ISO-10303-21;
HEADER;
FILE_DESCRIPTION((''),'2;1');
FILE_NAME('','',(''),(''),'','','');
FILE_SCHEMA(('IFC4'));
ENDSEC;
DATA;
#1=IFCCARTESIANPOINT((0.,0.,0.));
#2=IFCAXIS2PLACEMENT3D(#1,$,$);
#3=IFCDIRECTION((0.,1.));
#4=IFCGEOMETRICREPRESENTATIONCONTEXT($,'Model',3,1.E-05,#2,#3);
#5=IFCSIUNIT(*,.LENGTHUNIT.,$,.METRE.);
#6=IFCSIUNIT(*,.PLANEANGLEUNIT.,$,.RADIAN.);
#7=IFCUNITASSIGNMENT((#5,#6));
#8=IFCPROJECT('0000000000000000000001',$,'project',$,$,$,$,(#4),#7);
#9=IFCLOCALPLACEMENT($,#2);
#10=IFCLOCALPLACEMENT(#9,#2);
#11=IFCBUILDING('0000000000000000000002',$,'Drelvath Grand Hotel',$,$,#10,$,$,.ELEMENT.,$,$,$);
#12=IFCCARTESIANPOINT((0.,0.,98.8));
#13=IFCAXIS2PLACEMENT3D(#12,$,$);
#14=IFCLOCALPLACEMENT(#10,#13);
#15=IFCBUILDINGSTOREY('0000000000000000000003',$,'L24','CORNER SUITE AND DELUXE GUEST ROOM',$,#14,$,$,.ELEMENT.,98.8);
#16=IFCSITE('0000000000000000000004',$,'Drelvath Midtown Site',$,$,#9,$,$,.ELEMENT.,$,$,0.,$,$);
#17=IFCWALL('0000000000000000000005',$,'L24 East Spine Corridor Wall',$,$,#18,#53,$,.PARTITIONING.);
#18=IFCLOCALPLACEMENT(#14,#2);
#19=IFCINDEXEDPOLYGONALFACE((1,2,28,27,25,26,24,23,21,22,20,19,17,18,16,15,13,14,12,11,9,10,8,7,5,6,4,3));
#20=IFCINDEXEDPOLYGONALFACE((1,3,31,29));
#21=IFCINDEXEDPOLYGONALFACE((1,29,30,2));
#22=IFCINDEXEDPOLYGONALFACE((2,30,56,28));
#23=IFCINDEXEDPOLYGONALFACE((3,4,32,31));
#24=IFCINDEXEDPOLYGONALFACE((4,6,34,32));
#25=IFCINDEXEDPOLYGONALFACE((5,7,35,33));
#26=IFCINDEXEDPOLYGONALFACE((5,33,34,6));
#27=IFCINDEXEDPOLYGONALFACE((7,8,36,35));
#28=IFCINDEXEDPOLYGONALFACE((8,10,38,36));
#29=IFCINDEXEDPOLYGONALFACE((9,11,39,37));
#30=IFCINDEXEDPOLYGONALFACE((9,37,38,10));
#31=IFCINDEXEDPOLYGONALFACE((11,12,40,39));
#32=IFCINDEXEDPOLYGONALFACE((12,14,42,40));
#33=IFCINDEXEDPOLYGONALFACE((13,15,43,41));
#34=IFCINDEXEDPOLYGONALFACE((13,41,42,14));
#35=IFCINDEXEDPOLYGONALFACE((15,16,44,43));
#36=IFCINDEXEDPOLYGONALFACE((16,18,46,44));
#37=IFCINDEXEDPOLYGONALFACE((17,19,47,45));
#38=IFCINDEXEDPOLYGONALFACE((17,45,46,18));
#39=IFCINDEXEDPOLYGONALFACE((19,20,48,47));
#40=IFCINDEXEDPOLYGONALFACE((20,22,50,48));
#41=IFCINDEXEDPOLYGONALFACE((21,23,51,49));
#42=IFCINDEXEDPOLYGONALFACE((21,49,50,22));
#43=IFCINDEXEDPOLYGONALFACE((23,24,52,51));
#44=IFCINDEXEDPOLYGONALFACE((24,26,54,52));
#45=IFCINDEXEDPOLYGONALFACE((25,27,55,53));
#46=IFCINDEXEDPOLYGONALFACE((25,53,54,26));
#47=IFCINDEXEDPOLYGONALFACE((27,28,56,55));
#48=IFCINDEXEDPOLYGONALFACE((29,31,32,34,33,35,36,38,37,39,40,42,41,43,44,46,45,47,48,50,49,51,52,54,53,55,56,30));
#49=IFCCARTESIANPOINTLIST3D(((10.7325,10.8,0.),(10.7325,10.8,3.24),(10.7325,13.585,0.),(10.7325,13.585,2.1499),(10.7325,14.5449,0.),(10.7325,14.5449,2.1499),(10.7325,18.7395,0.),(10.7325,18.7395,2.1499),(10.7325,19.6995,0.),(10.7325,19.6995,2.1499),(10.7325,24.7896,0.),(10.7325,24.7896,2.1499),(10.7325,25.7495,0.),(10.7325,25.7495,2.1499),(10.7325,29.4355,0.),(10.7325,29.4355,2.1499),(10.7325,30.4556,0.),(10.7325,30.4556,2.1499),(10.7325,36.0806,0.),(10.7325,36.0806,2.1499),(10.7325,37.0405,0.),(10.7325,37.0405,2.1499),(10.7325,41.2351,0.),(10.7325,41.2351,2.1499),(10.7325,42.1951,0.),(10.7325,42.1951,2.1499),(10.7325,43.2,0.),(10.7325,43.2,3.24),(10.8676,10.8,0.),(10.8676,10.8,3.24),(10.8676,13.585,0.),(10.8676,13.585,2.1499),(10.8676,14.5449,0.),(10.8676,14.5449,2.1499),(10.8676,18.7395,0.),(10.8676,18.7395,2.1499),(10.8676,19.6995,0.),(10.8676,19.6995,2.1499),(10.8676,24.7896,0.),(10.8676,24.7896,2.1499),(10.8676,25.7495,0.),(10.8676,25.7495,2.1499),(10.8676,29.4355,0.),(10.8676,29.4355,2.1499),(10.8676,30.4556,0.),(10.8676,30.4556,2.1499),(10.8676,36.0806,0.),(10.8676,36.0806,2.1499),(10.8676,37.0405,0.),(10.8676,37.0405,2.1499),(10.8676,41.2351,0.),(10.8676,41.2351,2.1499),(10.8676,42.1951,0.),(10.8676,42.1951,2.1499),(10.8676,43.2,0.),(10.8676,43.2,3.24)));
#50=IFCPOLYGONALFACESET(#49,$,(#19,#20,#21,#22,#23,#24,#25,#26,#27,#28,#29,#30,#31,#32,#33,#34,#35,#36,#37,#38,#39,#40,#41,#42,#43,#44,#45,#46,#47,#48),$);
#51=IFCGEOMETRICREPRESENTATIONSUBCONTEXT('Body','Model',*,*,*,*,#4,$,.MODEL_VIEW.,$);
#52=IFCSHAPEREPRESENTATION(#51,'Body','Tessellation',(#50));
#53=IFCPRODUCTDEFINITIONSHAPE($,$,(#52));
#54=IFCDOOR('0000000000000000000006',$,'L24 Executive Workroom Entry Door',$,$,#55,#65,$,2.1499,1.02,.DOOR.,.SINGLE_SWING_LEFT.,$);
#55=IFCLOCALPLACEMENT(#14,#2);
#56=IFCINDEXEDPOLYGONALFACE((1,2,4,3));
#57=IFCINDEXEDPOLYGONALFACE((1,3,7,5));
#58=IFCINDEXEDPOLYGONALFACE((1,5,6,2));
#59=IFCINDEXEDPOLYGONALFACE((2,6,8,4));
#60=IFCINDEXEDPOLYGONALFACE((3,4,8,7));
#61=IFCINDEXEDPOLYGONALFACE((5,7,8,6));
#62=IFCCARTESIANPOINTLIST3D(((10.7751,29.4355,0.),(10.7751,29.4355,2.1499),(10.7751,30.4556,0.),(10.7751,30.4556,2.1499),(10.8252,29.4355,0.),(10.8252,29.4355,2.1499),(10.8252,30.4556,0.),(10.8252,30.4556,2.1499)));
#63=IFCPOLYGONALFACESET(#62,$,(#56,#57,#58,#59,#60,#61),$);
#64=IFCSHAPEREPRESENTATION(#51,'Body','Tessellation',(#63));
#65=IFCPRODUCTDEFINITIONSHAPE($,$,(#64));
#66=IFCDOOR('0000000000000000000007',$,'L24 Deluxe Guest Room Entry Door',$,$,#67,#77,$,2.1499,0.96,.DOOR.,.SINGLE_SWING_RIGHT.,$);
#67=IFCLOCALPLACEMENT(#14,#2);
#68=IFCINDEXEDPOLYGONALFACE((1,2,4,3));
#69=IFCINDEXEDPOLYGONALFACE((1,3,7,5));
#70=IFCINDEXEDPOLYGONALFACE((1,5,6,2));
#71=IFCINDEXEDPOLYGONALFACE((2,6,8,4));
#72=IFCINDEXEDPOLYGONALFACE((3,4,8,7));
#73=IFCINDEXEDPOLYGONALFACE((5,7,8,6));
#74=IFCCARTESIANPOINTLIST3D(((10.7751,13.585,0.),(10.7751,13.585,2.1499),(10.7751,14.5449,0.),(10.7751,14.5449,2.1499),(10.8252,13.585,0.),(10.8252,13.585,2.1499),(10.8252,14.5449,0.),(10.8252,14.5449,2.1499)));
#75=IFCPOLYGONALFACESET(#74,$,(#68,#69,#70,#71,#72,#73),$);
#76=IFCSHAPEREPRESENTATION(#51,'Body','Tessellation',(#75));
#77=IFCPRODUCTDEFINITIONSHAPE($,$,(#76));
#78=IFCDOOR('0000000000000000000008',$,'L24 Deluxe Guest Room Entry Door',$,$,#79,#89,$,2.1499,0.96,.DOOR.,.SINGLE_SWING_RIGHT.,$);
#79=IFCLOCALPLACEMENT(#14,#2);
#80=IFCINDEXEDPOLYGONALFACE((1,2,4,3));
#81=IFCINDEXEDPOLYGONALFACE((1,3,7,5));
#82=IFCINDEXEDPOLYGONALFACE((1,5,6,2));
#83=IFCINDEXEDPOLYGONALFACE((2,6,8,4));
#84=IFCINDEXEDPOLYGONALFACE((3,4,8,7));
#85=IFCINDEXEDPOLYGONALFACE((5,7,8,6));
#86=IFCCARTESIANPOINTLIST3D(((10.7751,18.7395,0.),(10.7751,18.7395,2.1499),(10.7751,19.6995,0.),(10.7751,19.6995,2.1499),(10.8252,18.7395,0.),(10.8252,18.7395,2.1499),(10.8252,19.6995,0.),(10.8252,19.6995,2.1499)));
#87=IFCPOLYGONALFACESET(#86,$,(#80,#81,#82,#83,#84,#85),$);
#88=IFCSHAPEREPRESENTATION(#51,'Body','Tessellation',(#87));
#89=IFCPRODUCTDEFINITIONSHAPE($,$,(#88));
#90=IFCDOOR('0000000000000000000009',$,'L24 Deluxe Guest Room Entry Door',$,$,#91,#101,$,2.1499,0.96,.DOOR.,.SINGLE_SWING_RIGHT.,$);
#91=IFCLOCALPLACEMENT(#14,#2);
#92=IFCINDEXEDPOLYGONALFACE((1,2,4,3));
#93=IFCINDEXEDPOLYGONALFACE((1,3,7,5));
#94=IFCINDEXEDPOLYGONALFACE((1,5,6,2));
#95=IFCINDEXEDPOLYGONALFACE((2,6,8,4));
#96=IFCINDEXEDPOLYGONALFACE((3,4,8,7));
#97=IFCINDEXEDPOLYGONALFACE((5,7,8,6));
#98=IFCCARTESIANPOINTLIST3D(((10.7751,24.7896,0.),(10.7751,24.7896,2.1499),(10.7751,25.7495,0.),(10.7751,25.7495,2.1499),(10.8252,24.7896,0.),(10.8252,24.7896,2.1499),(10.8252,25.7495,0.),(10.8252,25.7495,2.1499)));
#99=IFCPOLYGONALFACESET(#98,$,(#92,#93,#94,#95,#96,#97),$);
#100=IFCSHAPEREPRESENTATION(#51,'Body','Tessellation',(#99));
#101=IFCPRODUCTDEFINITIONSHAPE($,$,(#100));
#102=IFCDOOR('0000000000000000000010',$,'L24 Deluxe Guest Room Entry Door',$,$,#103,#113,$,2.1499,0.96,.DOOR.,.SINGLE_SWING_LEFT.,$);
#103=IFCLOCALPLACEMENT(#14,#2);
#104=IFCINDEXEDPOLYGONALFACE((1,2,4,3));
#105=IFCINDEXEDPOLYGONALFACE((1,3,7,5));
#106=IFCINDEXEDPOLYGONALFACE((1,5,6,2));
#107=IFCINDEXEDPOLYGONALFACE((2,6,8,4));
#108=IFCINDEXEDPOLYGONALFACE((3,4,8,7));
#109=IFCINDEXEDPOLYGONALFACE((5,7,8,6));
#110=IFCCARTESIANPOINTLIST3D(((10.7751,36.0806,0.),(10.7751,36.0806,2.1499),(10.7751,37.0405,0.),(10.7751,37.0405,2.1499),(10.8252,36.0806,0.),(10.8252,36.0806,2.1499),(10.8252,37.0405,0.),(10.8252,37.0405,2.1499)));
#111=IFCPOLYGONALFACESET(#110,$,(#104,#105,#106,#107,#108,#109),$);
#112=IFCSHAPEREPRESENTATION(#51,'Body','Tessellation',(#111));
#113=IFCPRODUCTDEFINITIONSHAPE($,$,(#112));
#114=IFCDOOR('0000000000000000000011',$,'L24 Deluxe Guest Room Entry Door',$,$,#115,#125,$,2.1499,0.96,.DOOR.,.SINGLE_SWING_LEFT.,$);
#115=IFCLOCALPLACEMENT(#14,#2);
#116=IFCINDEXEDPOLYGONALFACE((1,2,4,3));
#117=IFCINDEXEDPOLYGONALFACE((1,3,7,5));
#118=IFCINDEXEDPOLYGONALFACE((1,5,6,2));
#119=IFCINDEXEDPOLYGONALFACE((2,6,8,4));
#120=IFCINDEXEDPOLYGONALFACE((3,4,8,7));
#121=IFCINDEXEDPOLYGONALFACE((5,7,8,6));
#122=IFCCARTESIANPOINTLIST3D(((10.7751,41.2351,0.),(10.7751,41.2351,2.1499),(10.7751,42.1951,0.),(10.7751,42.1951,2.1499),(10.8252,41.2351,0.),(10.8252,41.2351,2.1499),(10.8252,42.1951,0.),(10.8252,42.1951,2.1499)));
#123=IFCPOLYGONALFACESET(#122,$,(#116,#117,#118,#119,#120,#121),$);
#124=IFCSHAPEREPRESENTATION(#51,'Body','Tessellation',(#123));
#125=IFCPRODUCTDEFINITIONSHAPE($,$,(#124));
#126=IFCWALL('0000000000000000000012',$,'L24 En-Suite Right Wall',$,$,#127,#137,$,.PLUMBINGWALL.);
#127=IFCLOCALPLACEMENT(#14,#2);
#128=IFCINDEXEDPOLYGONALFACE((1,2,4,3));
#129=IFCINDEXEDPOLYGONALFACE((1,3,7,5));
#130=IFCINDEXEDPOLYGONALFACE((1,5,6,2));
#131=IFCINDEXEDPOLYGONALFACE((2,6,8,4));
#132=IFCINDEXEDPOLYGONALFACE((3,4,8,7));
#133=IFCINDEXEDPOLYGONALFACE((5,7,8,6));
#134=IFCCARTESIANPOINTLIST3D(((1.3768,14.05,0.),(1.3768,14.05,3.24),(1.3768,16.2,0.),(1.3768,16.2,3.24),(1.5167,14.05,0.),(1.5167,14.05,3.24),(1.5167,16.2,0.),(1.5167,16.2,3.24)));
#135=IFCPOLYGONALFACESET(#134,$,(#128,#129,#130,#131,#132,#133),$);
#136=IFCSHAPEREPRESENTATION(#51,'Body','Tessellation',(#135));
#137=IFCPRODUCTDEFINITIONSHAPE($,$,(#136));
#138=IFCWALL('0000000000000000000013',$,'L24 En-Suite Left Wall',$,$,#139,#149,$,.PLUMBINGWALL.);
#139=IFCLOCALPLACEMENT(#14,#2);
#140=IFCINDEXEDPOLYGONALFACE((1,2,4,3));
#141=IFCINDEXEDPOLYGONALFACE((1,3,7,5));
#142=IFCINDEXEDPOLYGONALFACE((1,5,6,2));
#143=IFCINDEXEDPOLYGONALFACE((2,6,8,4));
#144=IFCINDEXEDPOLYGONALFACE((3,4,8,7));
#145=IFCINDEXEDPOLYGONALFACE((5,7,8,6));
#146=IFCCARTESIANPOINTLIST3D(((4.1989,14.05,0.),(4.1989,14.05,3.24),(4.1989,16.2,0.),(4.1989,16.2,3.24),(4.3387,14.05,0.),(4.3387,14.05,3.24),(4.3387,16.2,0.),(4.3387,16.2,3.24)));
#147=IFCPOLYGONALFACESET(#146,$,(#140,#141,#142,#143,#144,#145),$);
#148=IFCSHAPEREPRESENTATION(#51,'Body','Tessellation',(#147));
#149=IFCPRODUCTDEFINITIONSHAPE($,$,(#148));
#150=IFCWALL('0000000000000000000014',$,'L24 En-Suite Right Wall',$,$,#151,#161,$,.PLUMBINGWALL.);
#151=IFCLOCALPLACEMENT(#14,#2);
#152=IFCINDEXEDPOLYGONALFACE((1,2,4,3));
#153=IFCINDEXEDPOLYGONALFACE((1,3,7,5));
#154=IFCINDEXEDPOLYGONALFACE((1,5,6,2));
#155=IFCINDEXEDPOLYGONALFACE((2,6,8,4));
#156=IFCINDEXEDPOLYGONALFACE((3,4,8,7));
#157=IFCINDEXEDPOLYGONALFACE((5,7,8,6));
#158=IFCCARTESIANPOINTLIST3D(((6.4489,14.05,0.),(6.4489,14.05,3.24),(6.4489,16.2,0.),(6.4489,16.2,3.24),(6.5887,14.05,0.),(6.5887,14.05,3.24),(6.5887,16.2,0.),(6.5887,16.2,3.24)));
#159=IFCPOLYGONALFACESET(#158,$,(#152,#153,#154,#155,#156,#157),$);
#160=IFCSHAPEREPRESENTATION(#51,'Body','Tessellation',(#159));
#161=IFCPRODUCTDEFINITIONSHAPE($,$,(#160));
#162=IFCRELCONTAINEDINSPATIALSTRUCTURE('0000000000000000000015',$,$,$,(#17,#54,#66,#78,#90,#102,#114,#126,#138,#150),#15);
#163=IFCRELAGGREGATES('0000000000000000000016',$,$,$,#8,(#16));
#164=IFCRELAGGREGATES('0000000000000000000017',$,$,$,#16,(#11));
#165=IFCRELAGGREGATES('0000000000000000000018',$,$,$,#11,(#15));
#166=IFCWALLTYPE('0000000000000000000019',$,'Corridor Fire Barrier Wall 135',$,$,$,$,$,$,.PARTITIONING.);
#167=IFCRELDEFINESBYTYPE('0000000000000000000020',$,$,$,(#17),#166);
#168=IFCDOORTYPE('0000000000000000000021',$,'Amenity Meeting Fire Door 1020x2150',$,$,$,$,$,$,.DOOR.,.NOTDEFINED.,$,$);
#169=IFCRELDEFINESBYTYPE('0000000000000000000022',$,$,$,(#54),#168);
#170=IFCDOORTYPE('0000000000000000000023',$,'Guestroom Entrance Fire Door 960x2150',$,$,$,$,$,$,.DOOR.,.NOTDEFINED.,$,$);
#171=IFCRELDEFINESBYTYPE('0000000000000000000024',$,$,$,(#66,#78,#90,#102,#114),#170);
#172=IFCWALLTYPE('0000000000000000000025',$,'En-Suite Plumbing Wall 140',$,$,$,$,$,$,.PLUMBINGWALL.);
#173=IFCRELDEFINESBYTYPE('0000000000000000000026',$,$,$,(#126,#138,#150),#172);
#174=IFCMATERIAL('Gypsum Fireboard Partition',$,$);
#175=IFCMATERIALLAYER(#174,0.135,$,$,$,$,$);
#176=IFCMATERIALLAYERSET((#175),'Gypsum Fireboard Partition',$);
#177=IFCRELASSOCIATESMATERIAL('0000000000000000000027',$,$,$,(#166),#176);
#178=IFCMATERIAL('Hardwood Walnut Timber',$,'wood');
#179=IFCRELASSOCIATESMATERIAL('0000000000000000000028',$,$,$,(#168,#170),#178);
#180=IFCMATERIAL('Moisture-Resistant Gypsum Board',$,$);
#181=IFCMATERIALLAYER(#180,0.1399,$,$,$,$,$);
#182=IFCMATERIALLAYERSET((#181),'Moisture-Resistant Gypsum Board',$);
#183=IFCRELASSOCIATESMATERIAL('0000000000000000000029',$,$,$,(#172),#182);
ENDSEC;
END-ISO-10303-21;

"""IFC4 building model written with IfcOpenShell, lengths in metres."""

from ifc_helpers import new_model, si_unit, direction, frame, frame_2d, origin, place, context, subcontext, project, spatial, rectangle, extrude, material, layer, layer_set, type_object, element, fill, save


model = new_model("IFC4")

# Units and contexts
model_context = context("Model", 3, precision=1e-05, world=origin(), true_north=direction((0.0, 1.0)))
body_context = subcontext(model_context, "Body", "Model", "MODEL_VIEW")
ifc_project = project(units=[si_unit("LENGTHUNIT", "METRE"), si_unit("PLANEANGLEUNIT", "RADIAN")], contexts=[model_context])

# Site, building, storey
site_placement = place(None, origin())
site = spatial("IfcSite", under=ifc_project, at=site_placement, Name="Drelvath Midtown Site", CompositionType="ELEMENT", RefElevation=0.0)
building_placement = place(site_placement, origin())
building = spatial("IfcBuilding", under=site, at=building_placement, Name="Drelvath Grand Hotel", CompositionType="ELEMENT")
storey_placement = place(building_placement, frame((0.0, 0.0, 98.8)))
storey = spatial("IfcBuildingStorey", under=building, at=storey_placement, Name="L24", Description="CORNER SUITE AND DELUXE GUEST ROOM", CompositionType="ELEMENT", Elevation=98.8)

# Wall, openings, doors
ifc_material_1 = material(Name="Gypsum Fireboard Partition")
ifc_layer_1 = layer(ifc_material_1, 0.135)
ifc_layer_set_1 = layer_set([ifc_layer_1], Name="Gypsum Fireboard Partition")
wall_type_1 = type_object("IfcWallType", Name="Corridor Fire Barrier Wall 135", PredefinedType="PARTITIONING", material=ifc_layer_set_1)
wall_1_placement = place(storey_placement, frame((10.8, 10.8, 0.0), z_axis=(0.0, 0.0, 1.0), x_axis=(0.0, 1.0, 0.0)))
wall_1 = element("IfcWall", 1, at=wall_1_placement, inside=storey, type_object=wall_type_1, Name="L24 East Spine Corridor Wall", PredefinedType="PARTITIONING", context=body_context, shape_type="SweptSolid", body=[
    extrude(rectangle(XDim=32.3999, YDim=0.135, at=frame_2d((16.2, 0.0))), origin(), (0.0, 0.0, 1.0), 3.24),
])
opening_1_placement = place(wall_1_placement, frame((2.7849, 0.0, 0.0)))
opening_1 = element("IfcOpeningElement", 2, at=opening_1_placement, cuts=wall_1, PredefinedType="OPENING", context=body_context, shape_type="SweptSolid", body=[
    extrude(rectangle(XDim=0.96, YDim=2.1499, at=frame_2d((0.48, 1.075))), frame((0.0, 0.0774, 0.0), z_axis=(0.0, -1.0, 0.0), x_axis=(1.0, 0.0, 0.0)), (0.0, 0.0, 1.0), 0.155),
])
opening_2_placement = place(wall_1_placement, frame((7.9395, 0.0, 0.0)))
opening_2 = element("IfcOpeningElement", 3, at=opening_2_placement, cuts=wall_1, PredefinedType="OPENING", context=body_context, shape_type="SweptSolid", body=[
    extrude(rectangle(XDim=0.96, YDim=2.1499, at=frame_2d((0.48, 1.075))), frame((0.0, 0.0774, 0.0), z_axis=(0.0, -1.0, 0.0), x_axis=(1.0, 0.0, 0.0)), (0.0, 0.0, 1.0), 0.155),
])
opening_3_placement = place(wall_1_placement, frame((13.9895, 0.0, 0.0)))
opening_3 = element("IfcOpeningElement", 4, at=opening_3_placement, cuts=wall_1, PredefinedType="OPENING", context=body_context, shape_type="SweptSolid", body=[
    extrude(rectangle(XDim=0.96, YDim=2.1499, at=frame_2d((0.48, 1.075))), frame((0.0, 0.0774, 0.0), z_axis=(0.0, -1.0, 0.0), x_axis=(1.0, 0.0, 0.0)), (0.0, 0.0, 1.0), 0.155),
])
opening_4_placement = place(wall_1_placement, frame((18.6355, 0.0, 0.0)))
opening_4 = element("IfcOpeningElement", 5, at=opening_4_placement, cuts=wall_1, PredefinedType="OPENING", context=body_context, shape_type="SweptSolid", body=[
    extrude(rectangle(XDim=1.02, YDim=2.1499, at=frame_2d((0.51, 1.075))), frame((0.0, 0.0774, 0.0), z_axis=(0.0, -1.0, 0.0), x_axis=(1.0, 0.0, 0.0)), (0.0, 0.0, 1.0), 0.155),
])
opening_5_placement = place(wall_1_placement, frame((25.2805, 0.0, 0.0)))
opening_5 = element("IfcOpeningElement", 6, at=opening_5_placement, cuts=wall_1, PredefinedType="OPENING", context=body_context, shape_type="SweptSolid", body=[
    extrude(rectangle(XDim=0.96, YDim=2.1499, at=frame_2d((0.48, 1.075))), frame((0.0, 0.0774, 0.0), z_axis=(0.0, -1.0, 0.0), x_axis=(1.0, 0.0, 0.0)), (0.0, 0.0, 1.0), 0.155),
])
opening_6_placement = place(wall_1_placement, frame((30.4351, 0.0, 0.0)))
opening_6 = element("IfcOpeningElement", 7, at=opening_6_placement, cuts=wall_1, PredefinedType="OPENING", context=body_context, shape_type="SweptSolid", body=[
    extrude(rectangle(XDim=0.96, YDim=2.1499, at=frame_2d((0.48, 1.075))), frame((0.0, 0.0774, 0.0), z_axis=(0.0, -1.0, 0.0), x_axis=(1.0, 0.0, 0.0)), (0.0, 0.0, 1.0), 0.155),
])
ifc_material_2 = material(Name="Hardwood Walnut Timber", Category="wood")
door_type_1 = type_object("IfcDoorType", Name="Amenity Meeting Fire Door 1020x2150", OperationType="NOTDEFINED", PredefinedType="DOOR", material=ifc_material_2)
door_1_placement = place(opening_4_placement, origin())
door_1 = element("IfcDoor", 8, at=door_1_placement, inside=storey, type_object=door_type_1, Name="L24 Executive Workroom Entry Door", OperationType="SINGLE_SWING_LEFT", OverallHeight=2.1499, OverallWidth=1.02, PredefinedType="DOOR", context=body_context, shape_type="SweptSolid", body=[
    extrude(rectangle(XDim=1.02, YDim=2.1499, at=frame_2d((0.51, 1.075))), frame((0.0, 0.0249, 0.0), z_axis=(0.0, -1.0, 0.0), x_axis=(1.0, 0.0, 0.0)), (0.0, 0.0, 1.0), 0.05),
])
fill(opening_4, door_1)
door_type_2 = type_object("IfcDoorType", Name="Guestroom Entrance Fire Door 960x2150", OperationType="NOTDEFINED", PredefinedType="DOOR", material=ifc_material_2)
door_2_placement = place(opening_1_placement, origin())
door_2 = element("IfcDoor", 9, at=door_2_placement, inside=storey, type_object=door_type_2, Name="L24 Deluxe Guest Room Entry Door", OperationType="SINGLE_SWING_RIGHT", OverallHeight=2.1499, OverallWidth=0.96, PredefinedType="DOOR", context=body_context, shape_type="SweptSolid", body=[
    extrude(rectangle(XDim=0.96, YDim=2.1499, at=frame_2d((0.48, 1.075))), frame((0.0, 0.0249, 0.0), z_axis=(0.0, -1.0, 0.0), x_axis=(1.0, 0.0, 0.0)), (0.0, 0.0, 1.0), 0.05),
])
fill(opening_1, door_2)
door_3_placement = place(opening_2_placement, origin())
door_3 = element("IfcDoor", 10, at=door_3_placement, inside=storey, type_object=door_type_2, Name="L24 Deluxe Guest Room Entry Door", OperationType="SINGLE_SWING_RIGHT", OverallHeight=2.1499, OverallWidth=0.96, PredefinedType="DOOR", context=body_context, shape_type="SweptSolid", body=[
    extrude(rectangle(XDim=0.96, YDim=2.1499, at=frame_2d((0.48, 1.075))), frame((0.0, 0.0249, 0.0), z_axis=(0.0, -1.0, 0.0), x_axis=(1.0, 0.0, 0.0)), (0.0, 0.0, 1.0), 0.05),
])
fill(opening_2, door_3)
door_4_placement = place(opening_3_placement, origin())
door_4 = element("IfcDoor", 11, at=door_4_placement, inside=storey, type_object=door_type_2, Name="L24 Deluxe Guest Room Entry Door", OperationType="SINGLE_SWING_RIGHT", OverallHeight=2.1499, OverallWidth=0.96, PredefinedType="DOOR", context=body_context, shape_type="SweptSolid", body=[
    extrude(rectangle(XDim=0.96, YDim=2.1499, at=frame_2d((0.48, 1.075))), frame((0.0, 0.0249, 0.0), z_axis=(0.0, -1.0, 0.0), x_axis=(1.0, 0.0, 0.0)), (0.0, 0.0, 1.0), 0.05),
])
fill(opening_3, door_4)
door_5_placement = place(opening_5_placement, origin())
door_5 = element("IfcDoor", 12, at=door_5_placement, inside=storey, type_object=door_type_2, Name="L24 Deluxe Guest Room Entry Door", OperationType="SINGLE_SWING_LEFT", OverallHeight=2.1499, OverallWidth=0.96, PredefinedType="DOOR", context=body_context, shape_type="SweptSolid", body=[
    extrude(rectangle(XDim=0.96, YDim=2.1499, at=frame_2d((0.48, 1.075))), frame((0.0, 0.0249, 0.0), z_axis=(0.0, -1.0, 0.0), x_axis=(1.0, 0.0, 0.0)), (0.0, 0.0, 1.0), 0.05),
])
fill(opening_5, door_5)
door_6_placement = place(opening_6_placement, origin())
door_6 = element("IfcDoor", 13, at=door_6_placement, inside=storey, type_object=door_type_2, Name="L24 Deluxe Guest Room Entry Door", OperationType="SINGLE_SWING_LEFT", OverallHeight=2.1499, OverallWidth=0.96, PredefinedType="DOOR", context=body_context, shape_type="SweptSolid", body=[
    extrude(rectangle(XDim=0.96, YDim=2.1499, at=frame_2d((0.48, 1.075))), frame((0.0, 0.0249, 0.0), z_axis=(0.0, -1.0, 0.0), x_axis=(1.0, 0.0, 0.0)), (0.0, 0.0, 1.0), 0.05),
])
fill(opening_6, door_6)

# Walls
ifc_material_3 = material(Name="Moisture-Resistant Gypsum Board")
ifc_layer_2 = layer(ifc_material_3, 0.1399)
ifc_layer_set_2 = layer_set([ifc_layer_2], Name="Moisture-Resistant Gypsum Board")
wall_type_2 = type_object("IfcWallType", Name="En-Suite Plumbing Wall 140", PredefinedType="PLUMBINGWALL", material=ifc_layer_set_2)
for number, where, z_axis, x_axis, name in (
    (14, (1.4468, 16.2, 0.0), (0.0, 0.0, 1.0), (0.0, -1.0, 0.0), "L24 En-Suite Right Wall"),
    (15, (4.2688, 16.2, 0.0), (0.0, 0.0, 1.0), (0.0, -1.0, 0.0), "L24 En-Suite Left Wall"),
    (16, (6.5188, 16.2, 0.0), (0.0, 0.0, 1.0), (0.0, -1.0, 0.0), "L24 En-Suite Right Wall"),
):
    element("IfcWall", number, at=place(storey_placement, frame(where, z_axis=z_axis, x_axis=x_axis)), inside=storey, type_object=wall_type_2, Name=name, PredefinedType="PLUMBINGWALL", context=body_context, shape_type="SweptSolid", body=[
        extrude(rectangle(XDim=2.1499, YDim=0.1399, at=frame_2d((1.075, 0.0))), origin(), (0.0, 0.0, 1.0), 3.24),
    ])

save(model, "model.ifc")
